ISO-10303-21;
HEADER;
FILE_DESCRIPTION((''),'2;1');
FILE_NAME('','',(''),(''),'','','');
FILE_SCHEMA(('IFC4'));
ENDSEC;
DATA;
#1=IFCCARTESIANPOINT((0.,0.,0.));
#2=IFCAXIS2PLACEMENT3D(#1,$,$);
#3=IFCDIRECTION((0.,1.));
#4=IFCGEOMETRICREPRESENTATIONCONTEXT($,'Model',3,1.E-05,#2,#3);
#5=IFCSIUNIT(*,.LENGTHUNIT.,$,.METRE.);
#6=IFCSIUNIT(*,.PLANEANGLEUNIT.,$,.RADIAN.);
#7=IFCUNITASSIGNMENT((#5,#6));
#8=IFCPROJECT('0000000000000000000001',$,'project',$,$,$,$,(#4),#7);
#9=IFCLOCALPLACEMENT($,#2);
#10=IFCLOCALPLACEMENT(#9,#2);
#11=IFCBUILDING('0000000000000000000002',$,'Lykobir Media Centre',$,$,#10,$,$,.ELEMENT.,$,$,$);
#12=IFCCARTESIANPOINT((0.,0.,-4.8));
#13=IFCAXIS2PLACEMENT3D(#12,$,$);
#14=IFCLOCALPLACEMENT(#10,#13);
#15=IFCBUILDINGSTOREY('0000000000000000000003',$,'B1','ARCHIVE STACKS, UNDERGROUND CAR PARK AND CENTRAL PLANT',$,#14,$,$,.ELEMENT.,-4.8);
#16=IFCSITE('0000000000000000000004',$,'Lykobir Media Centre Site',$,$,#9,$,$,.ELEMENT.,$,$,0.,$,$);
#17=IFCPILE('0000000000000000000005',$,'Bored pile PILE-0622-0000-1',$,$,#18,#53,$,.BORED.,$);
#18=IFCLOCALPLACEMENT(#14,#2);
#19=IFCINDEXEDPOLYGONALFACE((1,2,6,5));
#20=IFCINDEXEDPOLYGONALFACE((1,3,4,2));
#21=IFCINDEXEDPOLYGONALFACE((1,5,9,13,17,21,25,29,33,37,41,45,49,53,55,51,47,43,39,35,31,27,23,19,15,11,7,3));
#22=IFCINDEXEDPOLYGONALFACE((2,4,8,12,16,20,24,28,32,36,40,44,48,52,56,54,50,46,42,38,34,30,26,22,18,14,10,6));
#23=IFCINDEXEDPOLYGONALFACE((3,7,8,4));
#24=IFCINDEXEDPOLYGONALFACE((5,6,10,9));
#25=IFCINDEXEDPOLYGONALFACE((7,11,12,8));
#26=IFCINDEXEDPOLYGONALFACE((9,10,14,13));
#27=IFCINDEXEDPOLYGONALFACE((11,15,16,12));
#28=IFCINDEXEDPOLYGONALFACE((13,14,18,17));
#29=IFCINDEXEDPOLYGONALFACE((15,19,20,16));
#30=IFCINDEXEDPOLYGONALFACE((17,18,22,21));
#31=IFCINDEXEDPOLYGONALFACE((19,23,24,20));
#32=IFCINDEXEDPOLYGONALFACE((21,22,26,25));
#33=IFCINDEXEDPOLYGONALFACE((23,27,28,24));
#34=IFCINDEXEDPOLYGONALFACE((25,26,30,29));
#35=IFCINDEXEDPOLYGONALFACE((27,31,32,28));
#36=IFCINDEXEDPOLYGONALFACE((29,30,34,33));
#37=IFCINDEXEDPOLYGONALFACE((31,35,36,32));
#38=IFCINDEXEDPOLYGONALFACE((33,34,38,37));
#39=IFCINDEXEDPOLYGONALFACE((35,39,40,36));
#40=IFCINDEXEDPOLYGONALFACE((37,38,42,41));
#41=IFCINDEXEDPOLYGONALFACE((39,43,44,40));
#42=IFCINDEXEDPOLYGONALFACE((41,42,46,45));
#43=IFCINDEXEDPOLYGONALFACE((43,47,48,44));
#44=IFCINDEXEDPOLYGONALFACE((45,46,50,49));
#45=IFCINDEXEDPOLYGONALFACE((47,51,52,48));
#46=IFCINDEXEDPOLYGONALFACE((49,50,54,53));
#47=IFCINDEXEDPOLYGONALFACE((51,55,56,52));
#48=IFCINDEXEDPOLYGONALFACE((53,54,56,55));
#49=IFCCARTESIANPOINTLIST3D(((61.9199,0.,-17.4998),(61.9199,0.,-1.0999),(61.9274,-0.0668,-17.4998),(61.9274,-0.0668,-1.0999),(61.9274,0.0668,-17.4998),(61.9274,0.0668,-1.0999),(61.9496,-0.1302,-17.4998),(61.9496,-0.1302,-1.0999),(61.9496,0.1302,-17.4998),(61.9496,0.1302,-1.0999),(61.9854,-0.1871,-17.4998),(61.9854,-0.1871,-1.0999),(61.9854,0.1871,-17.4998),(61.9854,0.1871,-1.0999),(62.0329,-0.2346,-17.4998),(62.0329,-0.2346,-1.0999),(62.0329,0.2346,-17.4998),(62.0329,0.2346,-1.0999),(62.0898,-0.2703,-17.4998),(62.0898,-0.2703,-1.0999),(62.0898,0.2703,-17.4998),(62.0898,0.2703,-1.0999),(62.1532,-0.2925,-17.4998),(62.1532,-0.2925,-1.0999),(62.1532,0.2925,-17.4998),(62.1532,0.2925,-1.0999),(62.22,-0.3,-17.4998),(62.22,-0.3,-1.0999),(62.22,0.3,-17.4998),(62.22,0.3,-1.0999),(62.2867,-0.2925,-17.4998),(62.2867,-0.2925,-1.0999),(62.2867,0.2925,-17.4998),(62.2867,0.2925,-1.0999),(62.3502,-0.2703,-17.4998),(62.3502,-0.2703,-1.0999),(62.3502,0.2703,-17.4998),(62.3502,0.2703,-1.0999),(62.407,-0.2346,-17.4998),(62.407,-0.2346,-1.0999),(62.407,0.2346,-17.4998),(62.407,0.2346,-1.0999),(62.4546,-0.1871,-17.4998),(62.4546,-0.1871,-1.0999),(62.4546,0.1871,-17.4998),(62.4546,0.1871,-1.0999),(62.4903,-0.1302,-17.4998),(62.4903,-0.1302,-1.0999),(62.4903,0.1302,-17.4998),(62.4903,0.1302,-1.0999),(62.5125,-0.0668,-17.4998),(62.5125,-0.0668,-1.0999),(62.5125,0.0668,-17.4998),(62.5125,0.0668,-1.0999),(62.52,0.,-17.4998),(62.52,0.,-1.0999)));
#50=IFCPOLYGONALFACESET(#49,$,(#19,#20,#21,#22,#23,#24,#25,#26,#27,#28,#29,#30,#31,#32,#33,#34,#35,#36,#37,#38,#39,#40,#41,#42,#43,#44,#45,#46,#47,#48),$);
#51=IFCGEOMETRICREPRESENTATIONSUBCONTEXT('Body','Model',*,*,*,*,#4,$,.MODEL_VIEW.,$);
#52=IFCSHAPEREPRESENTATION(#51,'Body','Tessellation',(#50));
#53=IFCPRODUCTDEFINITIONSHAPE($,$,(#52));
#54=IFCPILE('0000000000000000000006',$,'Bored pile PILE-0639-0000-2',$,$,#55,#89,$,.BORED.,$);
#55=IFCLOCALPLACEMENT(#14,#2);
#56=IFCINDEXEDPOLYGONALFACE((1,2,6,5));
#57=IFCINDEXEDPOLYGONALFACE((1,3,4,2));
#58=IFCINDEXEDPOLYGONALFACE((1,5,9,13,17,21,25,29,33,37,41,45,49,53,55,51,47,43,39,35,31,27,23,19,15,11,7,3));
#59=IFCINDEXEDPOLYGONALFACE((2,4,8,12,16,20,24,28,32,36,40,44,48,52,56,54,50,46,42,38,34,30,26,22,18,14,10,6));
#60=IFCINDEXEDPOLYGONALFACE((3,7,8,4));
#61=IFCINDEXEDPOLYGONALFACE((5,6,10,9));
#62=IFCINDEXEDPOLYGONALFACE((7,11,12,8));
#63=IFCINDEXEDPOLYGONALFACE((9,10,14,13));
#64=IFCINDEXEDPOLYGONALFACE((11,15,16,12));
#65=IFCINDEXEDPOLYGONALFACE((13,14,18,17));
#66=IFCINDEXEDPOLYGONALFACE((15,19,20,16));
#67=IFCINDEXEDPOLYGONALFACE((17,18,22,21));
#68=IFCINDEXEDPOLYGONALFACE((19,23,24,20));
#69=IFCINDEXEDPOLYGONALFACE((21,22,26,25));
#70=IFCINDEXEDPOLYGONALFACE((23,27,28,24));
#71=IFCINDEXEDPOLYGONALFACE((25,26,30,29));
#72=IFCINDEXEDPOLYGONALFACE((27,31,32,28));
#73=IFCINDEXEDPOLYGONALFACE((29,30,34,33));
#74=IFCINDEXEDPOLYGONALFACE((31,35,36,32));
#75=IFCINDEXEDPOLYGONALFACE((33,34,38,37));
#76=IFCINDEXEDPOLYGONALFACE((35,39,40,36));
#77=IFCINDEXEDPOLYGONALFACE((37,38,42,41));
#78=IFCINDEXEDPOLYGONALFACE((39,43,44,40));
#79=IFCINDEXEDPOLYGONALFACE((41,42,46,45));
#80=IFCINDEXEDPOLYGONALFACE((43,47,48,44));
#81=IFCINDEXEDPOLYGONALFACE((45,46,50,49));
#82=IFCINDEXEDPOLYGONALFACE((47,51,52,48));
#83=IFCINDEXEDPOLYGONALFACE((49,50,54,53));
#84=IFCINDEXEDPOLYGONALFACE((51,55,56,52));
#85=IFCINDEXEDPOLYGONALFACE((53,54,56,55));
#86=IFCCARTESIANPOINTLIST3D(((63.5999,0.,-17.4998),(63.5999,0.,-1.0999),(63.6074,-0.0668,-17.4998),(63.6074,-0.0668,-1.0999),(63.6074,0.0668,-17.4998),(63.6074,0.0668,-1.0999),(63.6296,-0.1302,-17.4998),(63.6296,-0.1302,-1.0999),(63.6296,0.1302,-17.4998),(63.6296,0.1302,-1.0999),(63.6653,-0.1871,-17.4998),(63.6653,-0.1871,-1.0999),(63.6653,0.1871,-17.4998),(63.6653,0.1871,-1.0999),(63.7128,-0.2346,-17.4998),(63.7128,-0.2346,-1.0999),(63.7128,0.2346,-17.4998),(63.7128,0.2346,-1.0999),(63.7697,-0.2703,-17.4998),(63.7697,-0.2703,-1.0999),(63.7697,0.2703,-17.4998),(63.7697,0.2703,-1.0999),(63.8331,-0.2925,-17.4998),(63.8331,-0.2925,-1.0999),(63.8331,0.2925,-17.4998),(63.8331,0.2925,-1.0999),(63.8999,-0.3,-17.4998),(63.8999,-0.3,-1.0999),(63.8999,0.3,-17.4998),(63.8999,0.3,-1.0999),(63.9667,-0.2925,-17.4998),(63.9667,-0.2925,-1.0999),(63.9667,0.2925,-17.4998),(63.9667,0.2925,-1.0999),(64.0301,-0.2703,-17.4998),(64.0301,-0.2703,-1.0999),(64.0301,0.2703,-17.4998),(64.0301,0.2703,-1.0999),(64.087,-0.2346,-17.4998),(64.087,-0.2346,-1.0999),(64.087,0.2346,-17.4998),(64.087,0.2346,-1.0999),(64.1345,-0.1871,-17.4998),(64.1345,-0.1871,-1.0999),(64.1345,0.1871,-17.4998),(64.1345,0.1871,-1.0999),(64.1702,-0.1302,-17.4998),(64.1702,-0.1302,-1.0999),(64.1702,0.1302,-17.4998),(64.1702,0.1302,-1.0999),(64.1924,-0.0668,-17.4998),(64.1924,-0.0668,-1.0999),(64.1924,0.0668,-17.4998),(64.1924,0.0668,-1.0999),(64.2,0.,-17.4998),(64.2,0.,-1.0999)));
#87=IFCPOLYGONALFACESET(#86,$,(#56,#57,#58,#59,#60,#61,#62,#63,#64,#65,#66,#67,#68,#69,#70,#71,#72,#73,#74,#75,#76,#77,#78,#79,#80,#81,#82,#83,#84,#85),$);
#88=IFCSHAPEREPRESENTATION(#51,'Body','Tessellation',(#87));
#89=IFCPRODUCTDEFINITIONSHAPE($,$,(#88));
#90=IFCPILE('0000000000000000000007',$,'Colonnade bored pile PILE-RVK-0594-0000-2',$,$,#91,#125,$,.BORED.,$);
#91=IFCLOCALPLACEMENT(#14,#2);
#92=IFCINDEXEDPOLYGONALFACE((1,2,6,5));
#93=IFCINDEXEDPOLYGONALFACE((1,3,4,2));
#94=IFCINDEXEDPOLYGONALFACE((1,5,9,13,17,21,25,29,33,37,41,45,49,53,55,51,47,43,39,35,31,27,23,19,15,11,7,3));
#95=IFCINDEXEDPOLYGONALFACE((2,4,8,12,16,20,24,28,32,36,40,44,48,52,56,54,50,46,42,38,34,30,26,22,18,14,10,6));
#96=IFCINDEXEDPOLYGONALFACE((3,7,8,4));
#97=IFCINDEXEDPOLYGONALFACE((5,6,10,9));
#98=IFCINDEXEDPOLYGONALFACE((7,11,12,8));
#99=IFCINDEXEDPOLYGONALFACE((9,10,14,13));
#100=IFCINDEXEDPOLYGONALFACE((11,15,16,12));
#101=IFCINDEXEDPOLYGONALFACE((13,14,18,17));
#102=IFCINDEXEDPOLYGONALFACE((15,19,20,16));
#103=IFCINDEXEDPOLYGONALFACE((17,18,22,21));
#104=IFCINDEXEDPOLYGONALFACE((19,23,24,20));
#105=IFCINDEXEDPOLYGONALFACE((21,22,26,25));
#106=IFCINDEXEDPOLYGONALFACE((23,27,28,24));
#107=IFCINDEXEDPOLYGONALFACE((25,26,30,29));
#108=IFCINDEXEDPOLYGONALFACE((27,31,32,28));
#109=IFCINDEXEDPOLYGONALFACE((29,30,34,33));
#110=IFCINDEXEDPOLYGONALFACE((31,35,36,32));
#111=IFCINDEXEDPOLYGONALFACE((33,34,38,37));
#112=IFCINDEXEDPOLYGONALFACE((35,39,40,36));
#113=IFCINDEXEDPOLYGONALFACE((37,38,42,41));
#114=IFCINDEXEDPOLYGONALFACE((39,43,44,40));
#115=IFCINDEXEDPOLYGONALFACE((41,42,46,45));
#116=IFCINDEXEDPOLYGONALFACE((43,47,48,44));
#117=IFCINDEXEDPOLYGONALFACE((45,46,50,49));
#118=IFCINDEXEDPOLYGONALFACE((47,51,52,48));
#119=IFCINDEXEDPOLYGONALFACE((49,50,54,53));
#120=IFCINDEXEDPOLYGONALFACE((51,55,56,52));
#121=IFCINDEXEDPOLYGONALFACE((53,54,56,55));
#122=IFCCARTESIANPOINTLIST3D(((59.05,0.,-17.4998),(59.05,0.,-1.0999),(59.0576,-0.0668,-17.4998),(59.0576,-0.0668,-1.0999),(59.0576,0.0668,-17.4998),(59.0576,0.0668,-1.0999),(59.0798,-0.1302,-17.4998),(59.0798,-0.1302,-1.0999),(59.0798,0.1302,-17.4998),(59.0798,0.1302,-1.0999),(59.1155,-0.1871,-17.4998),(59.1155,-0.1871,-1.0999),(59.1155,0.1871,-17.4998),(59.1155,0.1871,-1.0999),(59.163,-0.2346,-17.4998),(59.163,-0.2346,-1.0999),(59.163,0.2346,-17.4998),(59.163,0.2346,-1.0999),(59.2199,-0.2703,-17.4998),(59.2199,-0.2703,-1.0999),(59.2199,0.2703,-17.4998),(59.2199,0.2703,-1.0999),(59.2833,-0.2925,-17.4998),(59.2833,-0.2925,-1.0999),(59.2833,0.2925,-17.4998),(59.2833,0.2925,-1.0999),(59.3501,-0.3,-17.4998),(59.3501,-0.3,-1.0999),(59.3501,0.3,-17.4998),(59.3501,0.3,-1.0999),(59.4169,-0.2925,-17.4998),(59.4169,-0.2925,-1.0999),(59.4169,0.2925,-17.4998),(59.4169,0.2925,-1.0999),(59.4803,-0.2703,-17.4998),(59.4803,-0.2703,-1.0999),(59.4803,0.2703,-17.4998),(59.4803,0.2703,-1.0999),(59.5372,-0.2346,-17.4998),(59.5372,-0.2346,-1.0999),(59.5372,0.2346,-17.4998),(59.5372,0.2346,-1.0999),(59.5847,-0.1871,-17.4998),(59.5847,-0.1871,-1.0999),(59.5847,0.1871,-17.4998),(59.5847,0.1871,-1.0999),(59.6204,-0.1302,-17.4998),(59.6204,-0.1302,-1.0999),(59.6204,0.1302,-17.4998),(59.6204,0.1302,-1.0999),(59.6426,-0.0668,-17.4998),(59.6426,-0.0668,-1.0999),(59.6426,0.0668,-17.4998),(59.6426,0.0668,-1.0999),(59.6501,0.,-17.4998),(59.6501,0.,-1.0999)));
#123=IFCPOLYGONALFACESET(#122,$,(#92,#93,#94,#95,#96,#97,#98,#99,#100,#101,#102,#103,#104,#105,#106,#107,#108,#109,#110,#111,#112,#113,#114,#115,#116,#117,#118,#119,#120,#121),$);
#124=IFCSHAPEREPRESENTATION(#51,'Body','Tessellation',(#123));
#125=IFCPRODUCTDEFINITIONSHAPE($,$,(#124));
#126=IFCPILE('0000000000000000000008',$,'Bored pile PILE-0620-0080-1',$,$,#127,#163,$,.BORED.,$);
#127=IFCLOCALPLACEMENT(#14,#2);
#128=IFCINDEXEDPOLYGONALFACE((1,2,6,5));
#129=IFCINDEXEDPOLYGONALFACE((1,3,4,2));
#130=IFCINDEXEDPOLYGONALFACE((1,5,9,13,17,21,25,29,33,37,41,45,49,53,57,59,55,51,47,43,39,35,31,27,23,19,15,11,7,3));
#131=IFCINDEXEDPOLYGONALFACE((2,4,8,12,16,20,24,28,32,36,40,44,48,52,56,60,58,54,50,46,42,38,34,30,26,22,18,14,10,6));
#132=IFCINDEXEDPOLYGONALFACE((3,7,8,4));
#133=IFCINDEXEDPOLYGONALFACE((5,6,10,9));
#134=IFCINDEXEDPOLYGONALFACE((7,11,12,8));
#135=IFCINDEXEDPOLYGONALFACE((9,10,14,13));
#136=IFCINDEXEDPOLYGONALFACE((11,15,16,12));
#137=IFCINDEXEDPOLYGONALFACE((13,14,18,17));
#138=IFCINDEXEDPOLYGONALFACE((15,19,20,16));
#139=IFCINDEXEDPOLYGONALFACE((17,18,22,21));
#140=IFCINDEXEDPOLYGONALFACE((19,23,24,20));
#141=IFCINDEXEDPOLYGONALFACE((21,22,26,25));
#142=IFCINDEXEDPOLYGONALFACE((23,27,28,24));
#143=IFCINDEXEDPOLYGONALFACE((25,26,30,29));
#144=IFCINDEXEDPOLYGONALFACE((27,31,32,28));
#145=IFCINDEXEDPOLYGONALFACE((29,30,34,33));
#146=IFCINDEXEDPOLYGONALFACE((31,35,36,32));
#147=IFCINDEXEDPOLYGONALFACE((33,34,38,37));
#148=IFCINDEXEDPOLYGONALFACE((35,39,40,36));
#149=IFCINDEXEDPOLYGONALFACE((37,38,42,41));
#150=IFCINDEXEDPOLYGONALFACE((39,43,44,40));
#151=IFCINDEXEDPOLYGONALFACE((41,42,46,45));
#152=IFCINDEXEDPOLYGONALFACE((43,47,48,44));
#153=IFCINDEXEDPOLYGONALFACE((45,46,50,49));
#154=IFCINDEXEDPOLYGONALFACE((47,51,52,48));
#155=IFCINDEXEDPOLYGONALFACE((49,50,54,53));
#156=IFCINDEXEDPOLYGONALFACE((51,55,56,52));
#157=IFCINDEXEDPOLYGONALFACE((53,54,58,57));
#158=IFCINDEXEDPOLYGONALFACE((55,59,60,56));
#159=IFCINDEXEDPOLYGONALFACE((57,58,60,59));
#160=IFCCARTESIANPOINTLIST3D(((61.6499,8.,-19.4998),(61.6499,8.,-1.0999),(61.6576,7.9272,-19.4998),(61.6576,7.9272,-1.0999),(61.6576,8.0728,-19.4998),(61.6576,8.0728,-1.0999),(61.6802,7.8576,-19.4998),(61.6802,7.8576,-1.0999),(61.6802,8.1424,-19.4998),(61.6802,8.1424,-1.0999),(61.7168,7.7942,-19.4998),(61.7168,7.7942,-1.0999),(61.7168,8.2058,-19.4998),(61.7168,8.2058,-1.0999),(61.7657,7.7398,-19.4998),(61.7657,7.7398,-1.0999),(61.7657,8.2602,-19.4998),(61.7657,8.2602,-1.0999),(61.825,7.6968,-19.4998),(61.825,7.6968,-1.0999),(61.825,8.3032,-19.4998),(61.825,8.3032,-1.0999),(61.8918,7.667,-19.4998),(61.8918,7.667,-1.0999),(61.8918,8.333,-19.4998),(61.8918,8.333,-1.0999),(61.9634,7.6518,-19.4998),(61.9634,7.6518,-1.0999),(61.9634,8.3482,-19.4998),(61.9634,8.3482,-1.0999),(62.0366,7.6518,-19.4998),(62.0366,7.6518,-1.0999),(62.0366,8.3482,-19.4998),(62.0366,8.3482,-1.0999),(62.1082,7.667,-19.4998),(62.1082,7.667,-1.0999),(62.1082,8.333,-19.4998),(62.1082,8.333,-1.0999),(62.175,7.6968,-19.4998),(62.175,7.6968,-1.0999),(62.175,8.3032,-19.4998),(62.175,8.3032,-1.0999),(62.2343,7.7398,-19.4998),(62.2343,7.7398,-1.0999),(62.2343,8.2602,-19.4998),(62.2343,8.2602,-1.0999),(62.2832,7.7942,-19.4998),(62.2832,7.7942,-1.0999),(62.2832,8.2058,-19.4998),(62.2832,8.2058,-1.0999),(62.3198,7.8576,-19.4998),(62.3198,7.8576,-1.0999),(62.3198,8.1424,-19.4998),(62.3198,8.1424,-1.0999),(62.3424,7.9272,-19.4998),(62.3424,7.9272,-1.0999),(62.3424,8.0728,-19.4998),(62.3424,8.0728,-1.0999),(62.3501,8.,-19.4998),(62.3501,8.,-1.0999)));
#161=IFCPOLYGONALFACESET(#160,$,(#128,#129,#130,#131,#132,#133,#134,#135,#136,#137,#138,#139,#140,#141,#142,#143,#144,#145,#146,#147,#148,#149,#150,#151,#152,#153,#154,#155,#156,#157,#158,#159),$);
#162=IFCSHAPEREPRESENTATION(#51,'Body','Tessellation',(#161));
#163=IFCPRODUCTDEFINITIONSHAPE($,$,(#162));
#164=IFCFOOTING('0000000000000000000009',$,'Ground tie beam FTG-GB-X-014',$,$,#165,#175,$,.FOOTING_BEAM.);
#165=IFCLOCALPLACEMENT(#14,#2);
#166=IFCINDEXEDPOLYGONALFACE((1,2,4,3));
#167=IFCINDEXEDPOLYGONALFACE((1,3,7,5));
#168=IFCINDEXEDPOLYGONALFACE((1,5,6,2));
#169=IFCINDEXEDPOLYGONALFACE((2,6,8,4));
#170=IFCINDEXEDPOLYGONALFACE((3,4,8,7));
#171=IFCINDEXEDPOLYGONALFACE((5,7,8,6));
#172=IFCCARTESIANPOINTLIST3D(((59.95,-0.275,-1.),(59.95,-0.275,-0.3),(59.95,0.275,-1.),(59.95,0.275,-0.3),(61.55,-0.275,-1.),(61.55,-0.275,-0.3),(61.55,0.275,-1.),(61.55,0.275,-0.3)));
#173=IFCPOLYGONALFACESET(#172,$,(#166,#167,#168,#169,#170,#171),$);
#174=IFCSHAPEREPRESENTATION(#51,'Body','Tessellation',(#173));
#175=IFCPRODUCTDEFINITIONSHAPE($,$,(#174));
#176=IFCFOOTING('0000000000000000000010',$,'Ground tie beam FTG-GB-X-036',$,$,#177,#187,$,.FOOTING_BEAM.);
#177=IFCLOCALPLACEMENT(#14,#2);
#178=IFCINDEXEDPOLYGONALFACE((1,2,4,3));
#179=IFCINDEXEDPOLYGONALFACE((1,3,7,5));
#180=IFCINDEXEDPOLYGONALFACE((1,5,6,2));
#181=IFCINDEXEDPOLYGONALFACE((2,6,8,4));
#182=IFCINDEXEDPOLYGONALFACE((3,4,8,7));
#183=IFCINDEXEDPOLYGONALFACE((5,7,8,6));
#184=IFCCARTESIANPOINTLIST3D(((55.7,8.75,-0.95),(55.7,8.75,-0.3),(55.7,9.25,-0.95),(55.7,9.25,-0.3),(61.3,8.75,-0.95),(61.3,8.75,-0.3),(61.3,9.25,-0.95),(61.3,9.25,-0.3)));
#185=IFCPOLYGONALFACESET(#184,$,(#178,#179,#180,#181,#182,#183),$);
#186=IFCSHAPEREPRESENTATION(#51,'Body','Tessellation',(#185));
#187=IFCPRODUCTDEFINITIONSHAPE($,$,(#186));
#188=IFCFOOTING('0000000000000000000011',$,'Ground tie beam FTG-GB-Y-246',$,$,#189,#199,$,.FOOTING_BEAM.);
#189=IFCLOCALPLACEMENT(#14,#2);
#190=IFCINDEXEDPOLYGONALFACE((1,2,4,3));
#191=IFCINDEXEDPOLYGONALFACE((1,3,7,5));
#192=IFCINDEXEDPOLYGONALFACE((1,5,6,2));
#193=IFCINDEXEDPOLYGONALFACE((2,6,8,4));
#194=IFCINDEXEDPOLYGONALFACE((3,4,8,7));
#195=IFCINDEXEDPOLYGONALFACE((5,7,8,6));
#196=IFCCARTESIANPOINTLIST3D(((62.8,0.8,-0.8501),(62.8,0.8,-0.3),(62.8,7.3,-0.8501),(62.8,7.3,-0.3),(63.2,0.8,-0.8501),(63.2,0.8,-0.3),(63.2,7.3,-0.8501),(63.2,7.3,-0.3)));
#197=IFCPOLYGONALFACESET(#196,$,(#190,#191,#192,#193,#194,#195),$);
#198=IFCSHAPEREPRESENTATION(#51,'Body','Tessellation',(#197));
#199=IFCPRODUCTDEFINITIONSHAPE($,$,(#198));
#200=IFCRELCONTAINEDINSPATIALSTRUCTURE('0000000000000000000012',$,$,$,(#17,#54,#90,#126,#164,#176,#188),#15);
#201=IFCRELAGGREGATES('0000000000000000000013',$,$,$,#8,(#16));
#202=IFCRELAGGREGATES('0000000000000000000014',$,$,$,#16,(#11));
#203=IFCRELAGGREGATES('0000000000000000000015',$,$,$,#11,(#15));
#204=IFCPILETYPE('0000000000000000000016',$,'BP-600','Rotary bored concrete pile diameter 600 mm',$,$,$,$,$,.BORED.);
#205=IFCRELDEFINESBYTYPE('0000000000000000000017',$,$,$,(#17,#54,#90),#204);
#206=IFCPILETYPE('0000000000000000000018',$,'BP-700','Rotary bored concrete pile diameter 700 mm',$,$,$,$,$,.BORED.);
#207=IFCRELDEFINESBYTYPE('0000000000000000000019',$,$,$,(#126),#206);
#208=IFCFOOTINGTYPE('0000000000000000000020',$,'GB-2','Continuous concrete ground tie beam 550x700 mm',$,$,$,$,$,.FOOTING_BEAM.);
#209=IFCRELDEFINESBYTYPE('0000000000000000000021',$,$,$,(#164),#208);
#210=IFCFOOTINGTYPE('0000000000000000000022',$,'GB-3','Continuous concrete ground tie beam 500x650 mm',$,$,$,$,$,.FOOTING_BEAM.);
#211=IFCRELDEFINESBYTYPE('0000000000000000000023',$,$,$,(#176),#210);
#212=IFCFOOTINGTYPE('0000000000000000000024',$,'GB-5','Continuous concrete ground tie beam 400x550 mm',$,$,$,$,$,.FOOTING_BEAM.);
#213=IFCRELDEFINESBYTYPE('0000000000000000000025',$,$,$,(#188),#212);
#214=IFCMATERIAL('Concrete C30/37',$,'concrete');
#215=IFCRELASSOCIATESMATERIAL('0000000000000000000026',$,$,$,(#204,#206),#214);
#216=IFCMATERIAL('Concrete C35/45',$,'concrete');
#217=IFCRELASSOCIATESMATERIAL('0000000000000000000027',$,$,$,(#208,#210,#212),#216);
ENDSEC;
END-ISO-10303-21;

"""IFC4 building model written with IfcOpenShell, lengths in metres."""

from ifc_helpers import new_model, si_unit, direction, frame, origin, origin_2d, place, context, subcontext, project, spatial, rectangle, circle, extrude, material, material_profile, profile_set, type_object, element, save


model = new_model("IFC4")

# Units and contexts
model_context = context("Model", 3, precision=1e-05, world=origin(), true_north=direction((0.0, 1.0)))
body_context = subcontext(model_context, "Body", "Model", "MODEL_VIEW")
ifc_project = project(units=[si_unit("LENGTHUNIT", "METRE"), si_unit("PLANEANGLEUNIT", "RADIAN")], contexts=[model_context])

# Site, building, storey
site_placement = place(None, origin())
site = spatial("IfcSite", under=ifc_project, at=site_placement, Name="Lykobir Media Centre Site", CompositionType="ELEMENT", RefElevation=0.0)
building_placement = place(site_placement, origin())
building = spatial("IfcBuilding", under=site, at=building_placement, Name="Lykobir Media Centre", CompositionType="ELEMENT")
storey_placement = place(building_placement, frame((0.0, 0.0, -4.8)))
storey = spatial("IfcBuildingStorey", under=building, at=storey_placement, Name="B1", Description="ARCHIVE STACKS, UNDERGROUND CAR PARK AND CENTRAL PLANT", CompositionType="ELEMENT", Elevation=-4.8)

# Piles
ifc_material_1 = material(Name="Concrete C30/37", Category="concrete")
ifc_material_profile_1 = material_profile(ifc_material_1, circle(Radius=0.3, at=origin_2d()), Name="BORED PILE D600")
ifc_profile_set_1 = profile_set([ifc_material_profile_1], Name="Concrete C30/37")
pile_type_1 = type_object("IfcPileType", Name="BP-600", Description="Rotary bored concrete pile diameter 600 mm", PredefinedType="BORED", material=ifc_profile_set_1)
for number, where, z_axis, x_axis, name in (
    (1, (62.22, 0.0, -1.0999), (0.0, 0.0, -1.0), (1.0, 0.0, 0.0), "Bored pile PILE-0622-0000-1"),
    (2, (63.8999, 0.0, -1.0999), (0.0, 0.0, -1.0), (1.0, 0.0, 0.0), "Bored pile PILE-0639-0000-2"),
    (3, (59.3501, 0.0, -1.0999), (0.0, 0.0, -1.0), (1.0, 0.0, 0.0), "Colonnade bored pile PILE-RVK-0594-0000-2"),
):
    element("IfcPile", number, at=place(storey_placement, frame(where, z_axis=z_axis, x_axis=x_axis)), inside=storey, type_object=pile_type_1, Name=name, PredefinedType="BORED", context=body_context, shape_type="SweptSolid", body=[
        extrude(circle(Radius=0.3, at=origin_2d()), origin(), (0.0, 0.0, 1.0), 16.3999),
    ])
ifc_material_profile_2 = material_profile(ifc_material_1, circle(Radius=0.3501, at=origin_2d()), Name="BORED PILE D700")
ifc_profile_set_2 = profile_set([ifc_material_profile_2], Name="Concrete C30/37")
pile_type_2 = type_object("IfcPileType", Name="BP-700", Description="Rotary bored concrete pile diameter 700 mm", PredefinedType="BORED", material=ifc_profile_set_2)
pile_placement = place(storey_placement, frame((62.0, 8.0, -1.0999), z_axis=(0.0, 0.0, -1.0), x_axis=(1.0, 0.0, 0.0)))
element("IfcPile", 4, at=pile_placement, inside=storey, type_object=pile_type_2, Name="Bored pile PILE-0620-0080-1", PredefinedType="BORED", context=body_context, shape_type="SweptSolid", body=[
    extrude(circle(Radius=0.3501, at=origin_2d()), origin(), (0.0, 0.0, 1.0), 18.3999),
])

# Footings
ifc_material_2 = material(Name="Concrete C35/45", Category="concrete")
footing_type_1 = type_object("IfcFootingType", Name="GB-2", Description="Continuous concrete ground tie beam 550x700 mm", PredefinedType="FOOTING_BEAM", material=ifc_material_2)
footing_1_placement = place(storey_placement, frame((60.75, 0.0, -1.0), z_axis=(0.0, 0.0, 1.0), x_axis=(1.0, 0.0, 0.0)))
element("IfcFooting", 5, at=footing_1_placement, inside=storey, type_object=footing_type_1, Name="Ground tie beam FTG-GB-X-014", PredefinedType="FOOTING_BEAM", context=body_context, shape_type="SweptSolid", body=[
    extrude(rectangle(XDim=1.6001, YDim=0.55, at=origin_2d()), origin(), (0.0, 0.0, 1.0), 0.7),
])
footing_type_2 = type_object("IfcFootingType", Name="GB-3", Description="Continuous concrete ground tie beam 500x650 mm", PredefinedType="FOOTING_BEAM", material=ifc_material_2)
footing_2_placement = place(storey_placement, frame((58.5, 9.0, -0.95), z_axis=(0.0, 0.0, 1.0), x_axis=(1.0, 0.0, 0.0)))
element("IfcFooting", 6, at=footing_2_placement, inside=storey, type_object=footing_type_2, Name="Ground tie beam FTG-GB-X-036", PredefinedType="FOOTING_BEAM", context=body_context, shape_type="SweptSolid", body=[
    extrude(rectangle(XDim=5.6001, YDim=0.5, at=origin_2d()), origin(), (0.0, 0.0, 1.0), 0.6499),
])
footing_type_3 = type_object("IfcFootingType", Name="GB-5", Description="Continuous concrete ground tie beam 400x550 mm", PredefinedType="FOOTING_BEAM", material=ifc_material_2)
footing_3_placement = place(storey_placement, frame((63.0, 4.05, -0.8501), z_axis=(0.0, 0.0, 1.0), x_axis=(0.0, 1.0, 0.0)))
element("IfcFooting", 7, at=footing_3_placement, inside=storey, type_object=footing_type_3, Name="Ground tie beam FTG-GB-Y-246", PredefinedType="FOOTING_BEAM", context=body_context, shape_type="SweptSolid", body=[
    extrude(rectangle(XDim=6.5, YDim=0.3999, at=origin_2d()), origin(), (0.0, 0.0, 1.0), 0.55),
])

save(model, "model.ifc")
